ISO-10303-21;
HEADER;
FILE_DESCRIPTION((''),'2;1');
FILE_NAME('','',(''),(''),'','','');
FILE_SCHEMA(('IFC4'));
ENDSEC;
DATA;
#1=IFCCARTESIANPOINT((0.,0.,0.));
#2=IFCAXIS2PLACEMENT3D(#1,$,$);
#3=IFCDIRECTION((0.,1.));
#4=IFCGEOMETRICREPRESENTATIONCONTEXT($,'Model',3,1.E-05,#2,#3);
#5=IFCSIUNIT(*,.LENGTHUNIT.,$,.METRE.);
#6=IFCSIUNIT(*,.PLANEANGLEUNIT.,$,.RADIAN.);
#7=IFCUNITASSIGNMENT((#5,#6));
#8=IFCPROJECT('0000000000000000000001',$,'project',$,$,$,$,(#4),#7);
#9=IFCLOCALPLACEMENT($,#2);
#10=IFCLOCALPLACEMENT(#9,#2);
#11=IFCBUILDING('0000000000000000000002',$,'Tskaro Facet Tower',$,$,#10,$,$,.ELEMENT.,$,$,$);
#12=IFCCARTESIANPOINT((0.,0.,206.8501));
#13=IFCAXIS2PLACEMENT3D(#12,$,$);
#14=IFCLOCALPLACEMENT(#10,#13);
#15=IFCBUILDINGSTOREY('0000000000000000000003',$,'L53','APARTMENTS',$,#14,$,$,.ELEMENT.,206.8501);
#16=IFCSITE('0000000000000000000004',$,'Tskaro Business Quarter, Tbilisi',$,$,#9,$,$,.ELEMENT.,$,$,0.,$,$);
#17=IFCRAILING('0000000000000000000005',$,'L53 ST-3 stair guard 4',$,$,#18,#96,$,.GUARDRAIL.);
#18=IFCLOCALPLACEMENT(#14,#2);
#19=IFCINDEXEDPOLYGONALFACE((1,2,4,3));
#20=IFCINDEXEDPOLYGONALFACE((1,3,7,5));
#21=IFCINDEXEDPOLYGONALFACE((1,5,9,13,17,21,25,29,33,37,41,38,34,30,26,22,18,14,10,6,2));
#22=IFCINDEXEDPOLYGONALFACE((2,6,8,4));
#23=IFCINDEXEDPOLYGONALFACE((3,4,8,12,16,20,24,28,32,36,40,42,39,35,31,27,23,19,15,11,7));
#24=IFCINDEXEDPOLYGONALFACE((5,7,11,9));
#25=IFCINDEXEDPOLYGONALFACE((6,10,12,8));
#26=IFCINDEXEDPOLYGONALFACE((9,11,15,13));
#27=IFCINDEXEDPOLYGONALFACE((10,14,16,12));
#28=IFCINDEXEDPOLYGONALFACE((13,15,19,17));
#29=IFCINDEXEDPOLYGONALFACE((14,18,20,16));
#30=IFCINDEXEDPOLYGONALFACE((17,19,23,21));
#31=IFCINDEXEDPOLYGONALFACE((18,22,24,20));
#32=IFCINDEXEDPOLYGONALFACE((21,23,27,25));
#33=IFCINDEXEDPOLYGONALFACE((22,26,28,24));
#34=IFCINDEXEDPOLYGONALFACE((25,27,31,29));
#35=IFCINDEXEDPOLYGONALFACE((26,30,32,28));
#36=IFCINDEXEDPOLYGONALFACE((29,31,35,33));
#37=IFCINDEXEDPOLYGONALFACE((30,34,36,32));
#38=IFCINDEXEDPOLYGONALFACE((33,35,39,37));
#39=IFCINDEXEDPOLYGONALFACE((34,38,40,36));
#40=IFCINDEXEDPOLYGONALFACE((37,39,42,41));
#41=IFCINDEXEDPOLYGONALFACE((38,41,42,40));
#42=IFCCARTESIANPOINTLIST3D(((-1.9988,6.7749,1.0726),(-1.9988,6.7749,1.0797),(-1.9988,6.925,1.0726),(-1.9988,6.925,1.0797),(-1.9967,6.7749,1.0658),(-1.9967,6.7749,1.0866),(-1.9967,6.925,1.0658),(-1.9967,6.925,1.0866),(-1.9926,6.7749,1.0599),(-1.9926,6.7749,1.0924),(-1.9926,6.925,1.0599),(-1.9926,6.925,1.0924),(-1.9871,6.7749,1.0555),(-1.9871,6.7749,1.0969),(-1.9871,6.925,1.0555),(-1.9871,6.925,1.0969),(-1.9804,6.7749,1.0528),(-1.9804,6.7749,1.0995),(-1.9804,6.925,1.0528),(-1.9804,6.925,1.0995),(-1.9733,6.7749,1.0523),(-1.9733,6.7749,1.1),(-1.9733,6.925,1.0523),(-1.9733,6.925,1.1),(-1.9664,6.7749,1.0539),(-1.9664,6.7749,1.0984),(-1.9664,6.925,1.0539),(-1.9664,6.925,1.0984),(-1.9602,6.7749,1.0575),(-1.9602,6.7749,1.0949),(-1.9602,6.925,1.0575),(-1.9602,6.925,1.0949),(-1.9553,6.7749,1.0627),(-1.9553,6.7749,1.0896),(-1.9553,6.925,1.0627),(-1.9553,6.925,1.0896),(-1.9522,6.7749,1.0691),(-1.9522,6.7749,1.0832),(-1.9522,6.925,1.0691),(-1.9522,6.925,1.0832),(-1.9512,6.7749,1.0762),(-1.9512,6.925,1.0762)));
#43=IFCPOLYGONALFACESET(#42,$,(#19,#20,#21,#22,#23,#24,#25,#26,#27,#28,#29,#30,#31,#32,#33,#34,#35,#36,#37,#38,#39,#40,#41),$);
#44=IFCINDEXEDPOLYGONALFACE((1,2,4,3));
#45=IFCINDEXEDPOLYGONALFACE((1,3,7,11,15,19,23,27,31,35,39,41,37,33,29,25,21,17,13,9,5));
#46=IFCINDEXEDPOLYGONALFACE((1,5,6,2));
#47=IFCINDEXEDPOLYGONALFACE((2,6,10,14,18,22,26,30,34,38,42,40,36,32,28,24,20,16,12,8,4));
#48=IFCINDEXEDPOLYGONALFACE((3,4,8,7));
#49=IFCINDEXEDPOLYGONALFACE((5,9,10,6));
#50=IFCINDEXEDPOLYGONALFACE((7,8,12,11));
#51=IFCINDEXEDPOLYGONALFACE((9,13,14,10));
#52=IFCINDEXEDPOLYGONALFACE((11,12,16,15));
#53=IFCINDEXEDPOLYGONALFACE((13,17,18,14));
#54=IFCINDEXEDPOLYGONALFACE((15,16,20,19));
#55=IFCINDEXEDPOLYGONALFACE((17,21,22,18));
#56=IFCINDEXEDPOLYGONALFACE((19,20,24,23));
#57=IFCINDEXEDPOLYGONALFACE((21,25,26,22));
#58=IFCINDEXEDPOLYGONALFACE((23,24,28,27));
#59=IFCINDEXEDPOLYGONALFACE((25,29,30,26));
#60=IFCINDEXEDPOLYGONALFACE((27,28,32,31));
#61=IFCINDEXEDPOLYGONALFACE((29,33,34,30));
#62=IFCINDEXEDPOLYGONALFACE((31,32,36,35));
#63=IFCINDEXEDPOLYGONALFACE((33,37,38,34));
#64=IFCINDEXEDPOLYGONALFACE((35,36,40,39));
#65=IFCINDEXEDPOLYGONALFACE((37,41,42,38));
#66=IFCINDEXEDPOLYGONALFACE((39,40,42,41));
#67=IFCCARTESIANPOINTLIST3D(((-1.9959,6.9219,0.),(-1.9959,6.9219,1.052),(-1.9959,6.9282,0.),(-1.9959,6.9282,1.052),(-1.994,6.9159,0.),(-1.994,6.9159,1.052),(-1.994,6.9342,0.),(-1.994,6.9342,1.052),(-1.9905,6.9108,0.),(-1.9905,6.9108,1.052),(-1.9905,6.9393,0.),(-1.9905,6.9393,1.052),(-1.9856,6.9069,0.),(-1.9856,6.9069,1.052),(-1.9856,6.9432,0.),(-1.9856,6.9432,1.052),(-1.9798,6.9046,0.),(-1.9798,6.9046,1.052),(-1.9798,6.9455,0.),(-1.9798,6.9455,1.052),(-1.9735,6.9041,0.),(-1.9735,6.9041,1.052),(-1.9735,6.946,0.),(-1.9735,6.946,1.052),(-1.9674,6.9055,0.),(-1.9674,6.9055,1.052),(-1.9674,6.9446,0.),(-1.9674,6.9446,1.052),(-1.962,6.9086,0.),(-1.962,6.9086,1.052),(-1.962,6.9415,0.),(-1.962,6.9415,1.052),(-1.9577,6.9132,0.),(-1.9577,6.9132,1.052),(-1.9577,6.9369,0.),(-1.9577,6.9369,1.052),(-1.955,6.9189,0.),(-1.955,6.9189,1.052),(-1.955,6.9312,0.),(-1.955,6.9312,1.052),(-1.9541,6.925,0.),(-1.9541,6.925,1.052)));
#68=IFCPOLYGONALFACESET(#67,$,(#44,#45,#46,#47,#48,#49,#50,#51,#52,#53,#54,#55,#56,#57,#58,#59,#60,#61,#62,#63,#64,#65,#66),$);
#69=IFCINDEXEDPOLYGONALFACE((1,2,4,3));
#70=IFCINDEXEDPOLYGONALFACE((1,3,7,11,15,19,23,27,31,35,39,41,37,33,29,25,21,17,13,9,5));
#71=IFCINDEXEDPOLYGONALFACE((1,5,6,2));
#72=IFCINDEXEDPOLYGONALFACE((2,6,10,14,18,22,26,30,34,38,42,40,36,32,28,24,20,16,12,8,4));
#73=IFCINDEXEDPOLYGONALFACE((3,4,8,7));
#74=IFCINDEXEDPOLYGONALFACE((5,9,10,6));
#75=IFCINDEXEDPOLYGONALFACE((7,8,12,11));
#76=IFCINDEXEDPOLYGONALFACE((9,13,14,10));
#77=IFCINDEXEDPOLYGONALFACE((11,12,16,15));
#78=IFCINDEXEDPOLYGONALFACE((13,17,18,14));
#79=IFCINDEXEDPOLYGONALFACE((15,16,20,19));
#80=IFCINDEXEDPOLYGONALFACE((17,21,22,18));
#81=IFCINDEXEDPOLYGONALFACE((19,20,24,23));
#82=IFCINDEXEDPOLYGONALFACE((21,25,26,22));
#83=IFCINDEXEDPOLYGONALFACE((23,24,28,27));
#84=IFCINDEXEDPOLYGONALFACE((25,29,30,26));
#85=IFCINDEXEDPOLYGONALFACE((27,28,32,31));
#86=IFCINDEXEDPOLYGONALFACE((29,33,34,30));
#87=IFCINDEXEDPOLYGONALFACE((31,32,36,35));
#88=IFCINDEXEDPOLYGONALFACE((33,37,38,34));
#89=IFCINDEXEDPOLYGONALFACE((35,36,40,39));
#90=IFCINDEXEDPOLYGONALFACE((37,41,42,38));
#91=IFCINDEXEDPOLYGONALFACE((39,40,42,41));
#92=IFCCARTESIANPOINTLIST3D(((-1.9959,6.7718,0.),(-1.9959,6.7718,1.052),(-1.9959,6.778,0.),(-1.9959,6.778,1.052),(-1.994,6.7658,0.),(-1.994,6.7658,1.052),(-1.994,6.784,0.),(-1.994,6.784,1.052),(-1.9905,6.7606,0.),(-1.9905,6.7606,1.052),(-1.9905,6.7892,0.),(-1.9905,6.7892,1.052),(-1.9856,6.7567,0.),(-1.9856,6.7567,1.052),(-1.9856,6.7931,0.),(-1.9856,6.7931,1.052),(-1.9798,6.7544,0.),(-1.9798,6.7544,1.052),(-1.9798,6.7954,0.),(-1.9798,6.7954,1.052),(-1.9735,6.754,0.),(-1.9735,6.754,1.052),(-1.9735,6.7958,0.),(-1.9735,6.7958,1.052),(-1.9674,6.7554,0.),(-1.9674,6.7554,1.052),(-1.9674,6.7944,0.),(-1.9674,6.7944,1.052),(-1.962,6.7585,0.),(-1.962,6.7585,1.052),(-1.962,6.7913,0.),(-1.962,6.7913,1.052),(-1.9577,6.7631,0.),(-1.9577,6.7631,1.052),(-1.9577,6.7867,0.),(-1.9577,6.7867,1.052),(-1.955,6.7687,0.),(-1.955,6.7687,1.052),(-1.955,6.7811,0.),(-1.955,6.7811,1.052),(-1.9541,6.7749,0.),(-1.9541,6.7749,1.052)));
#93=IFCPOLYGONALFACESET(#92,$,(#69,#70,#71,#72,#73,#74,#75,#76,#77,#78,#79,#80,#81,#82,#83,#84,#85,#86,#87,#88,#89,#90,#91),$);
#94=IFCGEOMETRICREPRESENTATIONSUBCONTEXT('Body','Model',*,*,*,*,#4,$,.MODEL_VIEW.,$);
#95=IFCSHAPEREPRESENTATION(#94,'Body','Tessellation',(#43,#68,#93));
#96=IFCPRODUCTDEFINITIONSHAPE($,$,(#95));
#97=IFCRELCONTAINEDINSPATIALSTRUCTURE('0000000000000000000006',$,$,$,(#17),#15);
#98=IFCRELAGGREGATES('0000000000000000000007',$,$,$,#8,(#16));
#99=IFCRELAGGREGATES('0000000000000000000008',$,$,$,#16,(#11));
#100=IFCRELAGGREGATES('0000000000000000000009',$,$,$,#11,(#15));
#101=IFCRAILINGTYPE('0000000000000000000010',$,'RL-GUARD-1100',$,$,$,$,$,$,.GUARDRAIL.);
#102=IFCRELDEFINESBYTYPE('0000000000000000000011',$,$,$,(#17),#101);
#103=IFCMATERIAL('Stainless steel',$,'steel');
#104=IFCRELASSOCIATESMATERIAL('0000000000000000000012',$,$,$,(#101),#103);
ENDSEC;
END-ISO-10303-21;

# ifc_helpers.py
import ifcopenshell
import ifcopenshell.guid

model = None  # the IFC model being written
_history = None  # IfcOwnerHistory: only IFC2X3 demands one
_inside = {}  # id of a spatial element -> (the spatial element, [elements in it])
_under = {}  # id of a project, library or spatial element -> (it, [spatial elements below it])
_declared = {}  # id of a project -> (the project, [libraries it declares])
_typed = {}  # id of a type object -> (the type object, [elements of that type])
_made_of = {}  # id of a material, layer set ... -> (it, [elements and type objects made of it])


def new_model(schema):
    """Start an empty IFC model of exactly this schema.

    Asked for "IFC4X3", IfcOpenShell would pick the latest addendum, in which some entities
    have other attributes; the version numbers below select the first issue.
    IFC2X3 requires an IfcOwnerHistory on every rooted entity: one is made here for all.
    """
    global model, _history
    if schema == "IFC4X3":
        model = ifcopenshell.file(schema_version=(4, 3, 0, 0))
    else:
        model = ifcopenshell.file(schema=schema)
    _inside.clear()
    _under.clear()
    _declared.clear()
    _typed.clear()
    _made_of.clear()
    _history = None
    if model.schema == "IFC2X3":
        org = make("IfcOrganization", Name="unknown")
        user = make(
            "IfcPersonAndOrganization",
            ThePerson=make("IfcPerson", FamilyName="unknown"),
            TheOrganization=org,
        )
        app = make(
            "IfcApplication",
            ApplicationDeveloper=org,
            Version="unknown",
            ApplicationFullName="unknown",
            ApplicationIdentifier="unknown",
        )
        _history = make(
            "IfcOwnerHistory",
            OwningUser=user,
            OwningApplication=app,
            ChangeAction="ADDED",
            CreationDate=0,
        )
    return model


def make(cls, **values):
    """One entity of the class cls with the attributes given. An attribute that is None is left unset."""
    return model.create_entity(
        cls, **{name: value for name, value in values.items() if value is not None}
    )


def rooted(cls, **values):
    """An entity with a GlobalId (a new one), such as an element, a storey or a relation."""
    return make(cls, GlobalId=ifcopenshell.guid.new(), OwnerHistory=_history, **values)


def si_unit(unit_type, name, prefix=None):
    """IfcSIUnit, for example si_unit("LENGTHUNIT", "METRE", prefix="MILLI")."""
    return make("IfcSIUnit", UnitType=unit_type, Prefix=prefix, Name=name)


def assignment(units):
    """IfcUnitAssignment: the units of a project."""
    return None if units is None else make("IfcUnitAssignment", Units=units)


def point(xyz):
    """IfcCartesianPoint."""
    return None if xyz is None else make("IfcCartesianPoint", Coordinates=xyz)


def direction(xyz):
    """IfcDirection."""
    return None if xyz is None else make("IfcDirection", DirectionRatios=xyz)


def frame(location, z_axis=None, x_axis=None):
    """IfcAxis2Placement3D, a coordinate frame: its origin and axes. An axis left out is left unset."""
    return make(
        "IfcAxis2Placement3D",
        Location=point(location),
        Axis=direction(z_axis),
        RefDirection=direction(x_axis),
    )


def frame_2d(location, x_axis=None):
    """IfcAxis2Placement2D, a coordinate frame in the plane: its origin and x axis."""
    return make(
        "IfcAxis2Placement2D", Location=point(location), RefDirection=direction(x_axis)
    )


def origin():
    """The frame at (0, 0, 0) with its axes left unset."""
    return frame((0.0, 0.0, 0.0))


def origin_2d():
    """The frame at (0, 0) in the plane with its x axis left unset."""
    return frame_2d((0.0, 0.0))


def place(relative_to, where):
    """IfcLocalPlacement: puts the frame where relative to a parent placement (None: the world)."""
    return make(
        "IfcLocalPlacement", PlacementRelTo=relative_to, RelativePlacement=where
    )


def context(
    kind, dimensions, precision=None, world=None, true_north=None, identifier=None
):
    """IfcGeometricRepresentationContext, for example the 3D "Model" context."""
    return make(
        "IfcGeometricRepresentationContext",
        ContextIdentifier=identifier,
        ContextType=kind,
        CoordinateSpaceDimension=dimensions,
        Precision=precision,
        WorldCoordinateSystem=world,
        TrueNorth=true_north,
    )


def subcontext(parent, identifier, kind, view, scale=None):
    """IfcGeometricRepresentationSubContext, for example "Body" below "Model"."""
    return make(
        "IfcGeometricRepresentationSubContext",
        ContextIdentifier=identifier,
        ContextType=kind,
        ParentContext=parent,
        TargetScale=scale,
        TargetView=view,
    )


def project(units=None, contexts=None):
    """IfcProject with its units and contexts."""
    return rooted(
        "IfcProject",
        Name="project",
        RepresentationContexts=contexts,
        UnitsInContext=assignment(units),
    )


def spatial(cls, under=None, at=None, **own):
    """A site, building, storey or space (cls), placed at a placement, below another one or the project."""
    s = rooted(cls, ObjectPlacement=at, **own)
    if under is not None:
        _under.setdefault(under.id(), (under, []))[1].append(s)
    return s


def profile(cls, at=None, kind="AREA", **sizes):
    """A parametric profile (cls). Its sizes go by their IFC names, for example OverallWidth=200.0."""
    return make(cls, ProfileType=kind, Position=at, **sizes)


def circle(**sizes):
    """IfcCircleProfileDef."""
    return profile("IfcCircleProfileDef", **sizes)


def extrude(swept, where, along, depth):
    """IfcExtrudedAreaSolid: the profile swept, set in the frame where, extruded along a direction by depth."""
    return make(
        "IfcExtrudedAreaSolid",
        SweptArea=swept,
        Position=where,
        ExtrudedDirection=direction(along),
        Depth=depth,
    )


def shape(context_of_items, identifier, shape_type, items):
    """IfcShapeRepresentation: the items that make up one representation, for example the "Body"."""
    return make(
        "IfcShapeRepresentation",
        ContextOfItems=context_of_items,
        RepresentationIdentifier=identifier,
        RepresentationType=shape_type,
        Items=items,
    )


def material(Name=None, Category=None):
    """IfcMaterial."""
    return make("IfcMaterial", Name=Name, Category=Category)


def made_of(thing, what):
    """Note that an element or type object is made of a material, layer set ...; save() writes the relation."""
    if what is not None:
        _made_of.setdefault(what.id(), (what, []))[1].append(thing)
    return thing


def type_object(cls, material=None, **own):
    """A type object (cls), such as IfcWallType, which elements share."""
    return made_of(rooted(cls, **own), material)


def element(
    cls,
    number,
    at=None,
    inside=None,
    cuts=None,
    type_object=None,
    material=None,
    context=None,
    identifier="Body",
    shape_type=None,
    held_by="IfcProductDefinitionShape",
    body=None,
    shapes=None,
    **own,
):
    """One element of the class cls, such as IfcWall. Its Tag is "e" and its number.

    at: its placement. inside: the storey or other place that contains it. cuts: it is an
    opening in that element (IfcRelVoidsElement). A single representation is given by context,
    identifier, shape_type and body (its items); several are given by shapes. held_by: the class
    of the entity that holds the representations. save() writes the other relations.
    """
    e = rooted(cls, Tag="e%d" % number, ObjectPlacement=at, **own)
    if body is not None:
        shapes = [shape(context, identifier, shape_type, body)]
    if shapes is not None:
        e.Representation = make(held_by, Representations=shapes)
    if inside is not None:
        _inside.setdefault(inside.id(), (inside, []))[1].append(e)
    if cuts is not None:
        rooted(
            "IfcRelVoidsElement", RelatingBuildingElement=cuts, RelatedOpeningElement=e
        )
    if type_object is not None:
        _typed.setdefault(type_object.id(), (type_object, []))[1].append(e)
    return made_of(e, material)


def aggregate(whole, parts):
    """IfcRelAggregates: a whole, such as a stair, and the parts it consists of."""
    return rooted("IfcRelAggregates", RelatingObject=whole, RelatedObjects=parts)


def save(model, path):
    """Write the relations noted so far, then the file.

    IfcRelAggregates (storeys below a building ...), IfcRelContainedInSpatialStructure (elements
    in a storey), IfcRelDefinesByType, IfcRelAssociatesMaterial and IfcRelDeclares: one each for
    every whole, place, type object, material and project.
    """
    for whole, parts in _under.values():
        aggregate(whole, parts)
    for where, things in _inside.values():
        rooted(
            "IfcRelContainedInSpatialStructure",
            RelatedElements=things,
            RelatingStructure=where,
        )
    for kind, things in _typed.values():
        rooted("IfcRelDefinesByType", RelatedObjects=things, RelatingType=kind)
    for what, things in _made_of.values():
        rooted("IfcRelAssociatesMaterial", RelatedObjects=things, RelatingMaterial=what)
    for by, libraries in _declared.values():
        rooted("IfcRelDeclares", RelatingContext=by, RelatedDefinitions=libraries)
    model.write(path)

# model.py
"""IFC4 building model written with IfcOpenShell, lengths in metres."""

from ifc_helpers import new_model, si_unit, direction, frame, origin, origin_2d, place, context, subcontext, project, spatial, circle, extrude, material, type_object, element, save


model = new_model("IFC4")

# Units and contexts
model_context = context("Model", 3, precision=1e-05, world=origin(), true_north=direction((0.0, 1.0)))
body_context = subcontext(model_context, "Body", "Model", "MODEL_VIEW")
ifc_project = project(units=[si_unit("LENGTHUNIT", "METRE"), si_unit("PLANEANGLEUNIT", "RADIAN")], contexts=[model_context])

# Site, building, storey
site_placement = place(None, origin())
site = spatial("IfcSite", under=ifc_project, at=site_placement, Name="Tskaro Business Quarter, Tbilisi", CompositionType="ELEMENT", RefElevation=0.0)
building_placement = place(site_placement, origin())
building = spatial("IfcBuilding", under=site, at=building_placement, Name="Tskaro Facet Tower", CompositionType="ELEMENT")
storey_placement = place(building_placement, frame((0.0, 0.0, 206.8501)))
storey = spatial("IfcBuildingStorey", under=building, at=storey_placement, Name="L53", Description="APARTMENTS", CompositionType="ELEMENT", Elevation=206.8501)

# Railing
ifc_material_1 = material(Name="Stainless steel", Category="steel")
railing_type_1 = type_object("IfcRailingType", Name="RL-GUARD-1100", PredefinedType="GUARDRAIL", material=ifc_material_1)
railing_1_placement = place(storey_placement, frame((-1.9751, 6.925, 0.0)))
element("IfcRailing", 1, at=railing_1_placement, inside=storey, type_object=railing_type_1, Name="L53 ST-3 stair guard 4", PredefinedType="GUARDRAIL", context=body_context, shape_type="SweptSolid", body=[
    extrude(circle(Radius=0.0239, at=origin_2d()), frame((0.0, 0.0, 1.0762), z_axis=(0.0, -1.0, 0.0), x_axis=(1.0, 0.0, 0.0)), (0.0, 0.0, 1.0), 0.1501),
    extrude(circle(Radius=0.021, at=origin_2d()), origin(), (0.0, 0.0, 1.0), 1.052),
    extrude(circle(Radius=0.021, at=origin_2d()), frame((0.0, -0.1501, 0.0)), (0.0, 0.0, 1.0), 1.052),
])

save(model, "model.ifc")
